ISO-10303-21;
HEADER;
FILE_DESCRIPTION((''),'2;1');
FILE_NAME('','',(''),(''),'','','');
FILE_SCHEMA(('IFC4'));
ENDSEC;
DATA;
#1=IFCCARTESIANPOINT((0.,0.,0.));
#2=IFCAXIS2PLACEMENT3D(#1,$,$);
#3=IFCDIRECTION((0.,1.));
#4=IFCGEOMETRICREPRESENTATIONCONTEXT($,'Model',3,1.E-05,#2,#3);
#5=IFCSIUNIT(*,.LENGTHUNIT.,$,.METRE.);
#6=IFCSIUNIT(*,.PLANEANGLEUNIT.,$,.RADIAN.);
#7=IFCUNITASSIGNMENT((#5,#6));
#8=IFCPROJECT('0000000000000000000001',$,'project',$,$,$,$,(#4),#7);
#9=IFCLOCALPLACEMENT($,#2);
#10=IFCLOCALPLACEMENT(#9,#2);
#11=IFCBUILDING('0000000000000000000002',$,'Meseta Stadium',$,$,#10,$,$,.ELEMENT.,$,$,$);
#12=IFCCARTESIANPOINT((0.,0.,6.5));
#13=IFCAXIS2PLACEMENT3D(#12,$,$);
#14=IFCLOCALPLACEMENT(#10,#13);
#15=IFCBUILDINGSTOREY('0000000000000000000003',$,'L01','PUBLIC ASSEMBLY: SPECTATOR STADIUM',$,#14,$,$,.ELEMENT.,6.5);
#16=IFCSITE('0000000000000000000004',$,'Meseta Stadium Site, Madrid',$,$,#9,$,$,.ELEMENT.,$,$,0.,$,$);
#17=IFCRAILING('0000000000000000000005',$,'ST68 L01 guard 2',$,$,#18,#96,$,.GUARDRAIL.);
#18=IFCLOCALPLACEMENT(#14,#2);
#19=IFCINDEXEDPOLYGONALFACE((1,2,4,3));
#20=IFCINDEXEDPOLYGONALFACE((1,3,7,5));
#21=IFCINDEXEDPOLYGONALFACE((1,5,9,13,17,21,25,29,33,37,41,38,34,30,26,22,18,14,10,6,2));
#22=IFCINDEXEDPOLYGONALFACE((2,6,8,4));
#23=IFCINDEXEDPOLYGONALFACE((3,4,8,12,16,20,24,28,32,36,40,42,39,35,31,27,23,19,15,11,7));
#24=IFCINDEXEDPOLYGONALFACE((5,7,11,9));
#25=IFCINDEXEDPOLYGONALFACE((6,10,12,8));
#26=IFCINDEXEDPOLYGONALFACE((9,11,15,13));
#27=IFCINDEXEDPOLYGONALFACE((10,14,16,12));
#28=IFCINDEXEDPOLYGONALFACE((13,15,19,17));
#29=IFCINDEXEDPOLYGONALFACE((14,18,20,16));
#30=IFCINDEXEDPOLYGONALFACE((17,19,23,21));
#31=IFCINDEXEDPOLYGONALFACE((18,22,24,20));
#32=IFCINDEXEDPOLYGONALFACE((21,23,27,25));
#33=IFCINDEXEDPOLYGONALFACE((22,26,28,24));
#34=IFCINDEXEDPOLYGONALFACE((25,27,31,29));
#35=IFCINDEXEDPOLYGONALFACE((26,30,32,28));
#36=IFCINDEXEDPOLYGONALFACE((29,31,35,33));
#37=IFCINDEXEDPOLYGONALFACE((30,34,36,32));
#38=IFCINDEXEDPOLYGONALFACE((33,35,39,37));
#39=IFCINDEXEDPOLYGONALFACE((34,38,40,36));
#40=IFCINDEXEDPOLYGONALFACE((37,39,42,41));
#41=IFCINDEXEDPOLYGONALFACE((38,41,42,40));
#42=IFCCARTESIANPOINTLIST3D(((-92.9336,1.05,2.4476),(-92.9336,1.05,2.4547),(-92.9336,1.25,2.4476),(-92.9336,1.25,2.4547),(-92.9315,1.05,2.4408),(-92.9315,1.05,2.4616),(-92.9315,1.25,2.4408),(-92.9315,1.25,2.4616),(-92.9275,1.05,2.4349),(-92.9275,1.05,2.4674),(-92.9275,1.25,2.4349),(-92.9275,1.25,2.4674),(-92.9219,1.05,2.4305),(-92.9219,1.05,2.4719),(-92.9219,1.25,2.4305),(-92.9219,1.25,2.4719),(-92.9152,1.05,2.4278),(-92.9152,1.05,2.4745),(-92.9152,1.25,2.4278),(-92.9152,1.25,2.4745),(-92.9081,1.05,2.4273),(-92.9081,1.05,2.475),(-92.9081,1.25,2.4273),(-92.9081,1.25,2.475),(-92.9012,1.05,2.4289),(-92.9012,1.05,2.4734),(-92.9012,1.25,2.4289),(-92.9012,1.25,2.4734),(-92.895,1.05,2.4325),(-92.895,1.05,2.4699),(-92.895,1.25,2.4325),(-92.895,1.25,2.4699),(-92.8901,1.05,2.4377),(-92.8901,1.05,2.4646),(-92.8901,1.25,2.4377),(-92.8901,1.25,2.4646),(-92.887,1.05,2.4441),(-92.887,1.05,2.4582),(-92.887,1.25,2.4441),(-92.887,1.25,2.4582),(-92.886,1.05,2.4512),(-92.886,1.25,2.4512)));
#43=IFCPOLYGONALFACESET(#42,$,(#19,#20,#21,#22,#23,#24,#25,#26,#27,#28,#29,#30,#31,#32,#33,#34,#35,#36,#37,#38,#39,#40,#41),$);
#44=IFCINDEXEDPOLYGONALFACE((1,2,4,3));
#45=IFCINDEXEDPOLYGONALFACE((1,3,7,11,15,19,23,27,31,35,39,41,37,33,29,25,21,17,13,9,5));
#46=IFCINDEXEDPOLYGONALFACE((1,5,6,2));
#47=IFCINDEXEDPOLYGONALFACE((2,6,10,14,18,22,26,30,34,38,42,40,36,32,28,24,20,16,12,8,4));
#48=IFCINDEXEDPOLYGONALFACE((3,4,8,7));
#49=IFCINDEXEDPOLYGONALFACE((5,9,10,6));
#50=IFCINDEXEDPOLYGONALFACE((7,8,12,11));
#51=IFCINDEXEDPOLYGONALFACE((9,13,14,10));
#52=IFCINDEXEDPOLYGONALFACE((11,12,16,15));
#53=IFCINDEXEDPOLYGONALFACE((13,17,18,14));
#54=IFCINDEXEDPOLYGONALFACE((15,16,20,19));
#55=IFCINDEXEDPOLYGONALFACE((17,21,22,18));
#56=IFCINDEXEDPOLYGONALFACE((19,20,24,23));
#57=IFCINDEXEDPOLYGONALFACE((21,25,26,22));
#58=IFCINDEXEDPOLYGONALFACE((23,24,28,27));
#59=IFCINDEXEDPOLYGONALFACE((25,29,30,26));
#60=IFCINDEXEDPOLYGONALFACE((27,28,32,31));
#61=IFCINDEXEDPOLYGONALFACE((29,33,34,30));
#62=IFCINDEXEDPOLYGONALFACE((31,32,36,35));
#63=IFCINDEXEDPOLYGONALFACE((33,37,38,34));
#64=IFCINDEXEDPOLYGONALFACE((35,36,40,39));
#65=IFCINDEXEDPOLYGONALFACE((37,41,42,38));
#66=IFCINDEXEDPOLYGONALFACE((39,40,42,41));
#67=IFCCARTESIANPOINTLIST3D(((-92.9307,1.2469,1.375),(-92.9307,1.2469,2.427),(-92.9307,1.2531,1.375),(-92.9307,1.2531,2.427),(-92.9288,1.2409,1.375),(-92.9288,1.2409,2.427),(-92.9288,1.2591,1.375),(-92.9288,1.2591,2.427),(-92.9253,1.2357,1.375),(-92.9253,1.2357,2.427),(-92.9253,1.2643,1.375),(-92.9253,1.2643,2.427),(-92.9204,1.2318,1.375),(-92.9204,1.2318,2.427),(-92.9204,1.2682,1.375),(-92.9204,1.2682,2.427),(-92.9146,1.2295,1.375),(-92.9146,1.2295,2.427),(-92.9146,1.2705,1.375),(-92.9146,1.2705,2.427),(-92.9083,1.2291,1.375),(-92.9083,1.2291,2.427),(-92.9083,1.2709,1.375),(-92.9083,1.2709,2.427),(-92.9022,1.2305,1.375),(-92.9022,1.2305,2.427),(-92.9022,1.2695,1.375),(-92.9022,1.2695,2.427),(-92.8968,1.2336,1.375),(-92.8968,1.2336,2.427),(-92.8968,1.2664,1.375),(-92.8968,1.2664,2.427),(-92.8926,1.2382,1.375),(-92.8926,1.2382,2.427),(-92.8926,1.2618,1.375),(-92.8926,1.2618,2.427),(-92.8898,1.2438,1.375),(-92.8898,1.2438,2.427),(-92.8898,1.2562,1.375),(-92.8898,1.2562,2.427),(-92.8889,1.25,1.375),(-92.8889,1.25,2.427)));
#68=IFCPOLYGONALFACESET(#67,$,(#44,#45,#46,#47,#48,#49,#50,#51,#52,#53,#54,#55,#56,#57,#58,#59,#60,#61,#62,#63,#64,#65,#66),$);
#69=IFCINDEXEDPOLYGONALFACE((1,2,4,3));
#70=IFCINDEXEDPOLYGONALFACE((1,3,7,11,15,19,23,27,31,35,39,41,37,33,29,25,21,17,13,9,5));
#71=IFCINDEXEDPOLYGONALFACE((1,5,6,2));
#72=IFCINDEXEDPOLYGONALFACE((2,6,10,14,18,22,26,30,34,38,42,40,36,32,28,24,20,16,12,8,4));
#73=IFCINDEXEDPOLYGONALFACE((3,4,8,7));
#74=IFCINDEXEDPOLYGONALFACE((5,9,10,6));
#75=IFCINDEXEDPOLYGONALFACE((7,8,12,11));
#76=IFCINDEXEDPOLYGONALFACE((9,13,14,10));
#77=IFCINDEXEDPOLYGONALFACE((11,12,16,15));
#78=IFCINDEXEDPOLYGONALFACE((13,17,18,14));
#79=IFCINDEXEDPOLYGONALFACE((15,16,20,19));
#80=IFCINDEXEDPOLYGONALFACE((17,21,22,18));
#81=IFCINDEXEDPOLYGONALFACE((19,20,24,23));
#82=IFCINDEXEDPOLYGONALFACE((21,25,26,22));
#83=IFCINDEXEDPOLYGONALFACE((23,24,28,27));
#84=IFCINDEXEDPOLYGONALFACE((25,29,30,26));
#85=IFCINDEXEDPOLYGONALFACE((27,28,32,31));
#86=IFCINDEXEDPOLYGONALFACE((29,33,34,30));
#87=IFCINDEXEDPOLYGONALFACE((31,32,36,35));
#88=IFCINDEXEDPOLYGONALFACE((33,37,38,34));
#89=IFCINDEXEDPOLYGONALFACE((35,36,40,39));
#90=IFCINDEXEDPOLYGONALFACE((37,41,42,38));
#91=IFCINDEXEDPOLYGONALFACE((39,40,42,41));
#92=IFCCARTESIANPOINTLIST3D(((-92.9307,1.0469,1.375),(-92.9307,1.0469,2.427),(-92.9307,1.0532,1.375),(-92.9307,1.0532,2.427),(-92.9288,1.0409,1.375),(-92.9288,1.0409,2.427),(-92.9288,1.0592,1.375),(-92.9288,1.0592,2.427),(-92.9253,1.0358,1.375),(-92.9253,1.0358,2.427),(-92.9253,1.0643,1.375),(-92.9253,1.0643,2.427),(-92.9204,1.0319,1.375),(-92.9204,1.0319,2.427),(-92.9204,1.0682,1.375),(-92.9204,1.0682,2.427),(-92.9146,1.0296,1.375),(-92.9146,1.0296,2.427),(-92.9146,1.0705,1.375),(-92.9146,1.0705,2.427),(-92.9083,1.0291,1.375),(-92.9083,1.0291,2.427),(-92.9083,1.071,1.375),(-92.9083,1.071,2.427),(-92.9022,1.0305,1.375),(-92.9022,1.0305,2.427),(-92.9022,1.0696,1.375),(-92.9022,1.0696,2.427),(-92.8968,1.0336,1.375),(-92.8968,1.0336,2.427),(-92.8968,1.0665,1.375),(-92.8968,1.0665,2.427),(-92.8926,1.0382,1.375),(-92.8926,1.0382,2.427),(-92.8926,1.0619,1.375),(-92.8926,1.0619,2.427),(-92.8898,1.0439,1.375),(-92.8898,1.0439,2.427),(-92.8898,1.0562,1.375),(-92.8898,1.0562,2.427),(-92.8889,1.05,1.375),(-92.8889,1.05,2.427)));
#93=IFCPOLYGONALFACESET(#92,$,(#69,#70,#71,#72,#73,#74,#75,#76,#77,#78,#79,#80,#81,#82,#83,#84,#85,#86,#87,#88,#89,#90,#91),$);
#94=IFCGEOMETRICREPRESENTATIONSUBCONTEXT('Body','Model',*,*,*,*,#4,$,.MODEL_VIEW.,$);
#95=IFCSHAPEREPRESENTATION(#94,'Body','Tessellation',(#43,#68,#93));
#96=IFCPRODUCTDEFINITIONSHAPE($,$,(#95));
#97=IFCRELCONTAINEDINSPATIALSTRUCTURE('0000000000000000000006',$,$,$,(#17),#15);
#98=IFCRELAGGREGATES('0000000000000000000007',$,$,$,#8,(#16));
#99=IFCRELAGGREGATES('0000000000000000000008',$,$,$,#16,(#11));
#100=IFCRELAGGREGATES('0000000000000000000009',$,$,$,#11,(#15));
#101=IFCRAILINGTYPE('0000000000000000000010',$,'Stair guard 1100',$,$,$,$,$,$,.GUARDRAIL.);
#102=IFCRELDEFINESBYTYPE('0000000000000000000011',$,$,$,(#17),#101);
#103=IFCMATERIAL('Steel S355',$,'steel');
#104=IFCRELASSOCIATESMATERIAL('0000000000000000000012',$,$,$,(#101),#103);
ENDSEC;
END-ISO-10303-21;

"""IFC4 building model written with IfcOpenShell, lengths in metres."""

from ifc_helpers import new_model, si_unit, direction, frame, origin, origin_2d, place, context, subcontext, project, spatial, circle, extrude, material, type_object, element, save


model = new_model("IFC4")

# Units and contexts
model_context = context("Model", 3, precision=1e-05, world=origin(), true_north=direction((0.0, 1.0)))
body_context = subcontext(model_context, "Body", "Model", "MODEL_VIEW")
ifc_project = project(units=[si_unit("LENGTHUNIT", "METRE"), si_unit("PLANEANGLEUNIT", "RADIAN")], contexts=[model_context])

# Site, building, storey
site_placement = place(None, origin())
site = spatial("IfcSite", under=ifc_project, at=site_placement, Name="Meseta Stadium Site, Madrid", CompositionType="ELEMENT", RefElevation=0.0)
building_placement = place(site_placement, origin())
building = spatial("IfcBuilding", under=site, at=building_placement, Name="Meseta Stadium", CompositionType="ELEMENT")
storey_placement = place(building_placement, frame((0.0, 0.0, 6.5)))
storey = spatial("IfcBuildingStorey", under=building, at=storey_placement, Name="L01", Description="PUBLIC ASSEMBLY: SPECTATOR STADIUM", CompositionType="ELEMENT", Elevation=6.5)

# Railing
ifc_material_1 = material(Name="Steel S355", Category="steel")
railing_type_1 = type_object("IfcRailingType", Name="Stair guard 1100", PredefinedType="GUARDRAIL", material=ifc_material_1)
railing_1_placement = place(storey_placement, frame((-92.9099, 1.25, 1.375)))
element("IfcRailing", 1, at=railing_1_placement, inside=storey, type_object=railing_type_1, Name="ST68 L01 guard 2", PredefinedType="GUARDRAIL", context=body_context, shape_type="SweptSolid", body=[
    extrude(circle(Radius=0.0239, at=origin_2d()), frame((0.0, 0.0, 1.0762), z_axis=(0.0, -1.0, 0.0), x_axis=(1.0, 0.0, 0.0)), (0.0, 0.0, 1.0), 0.2),
    extrude(circle(Radius=0.021, at=origin_2d()), origin(), (0.0, 0.0, 1.0), 1.052),
    extrude(circle(Radius=0.021, at=origin_2d()), frame((0.0, -0.2, 0.0)), (0.0, 0.0, 1.0), 1.052),
])

save(model, "model.ifc")
